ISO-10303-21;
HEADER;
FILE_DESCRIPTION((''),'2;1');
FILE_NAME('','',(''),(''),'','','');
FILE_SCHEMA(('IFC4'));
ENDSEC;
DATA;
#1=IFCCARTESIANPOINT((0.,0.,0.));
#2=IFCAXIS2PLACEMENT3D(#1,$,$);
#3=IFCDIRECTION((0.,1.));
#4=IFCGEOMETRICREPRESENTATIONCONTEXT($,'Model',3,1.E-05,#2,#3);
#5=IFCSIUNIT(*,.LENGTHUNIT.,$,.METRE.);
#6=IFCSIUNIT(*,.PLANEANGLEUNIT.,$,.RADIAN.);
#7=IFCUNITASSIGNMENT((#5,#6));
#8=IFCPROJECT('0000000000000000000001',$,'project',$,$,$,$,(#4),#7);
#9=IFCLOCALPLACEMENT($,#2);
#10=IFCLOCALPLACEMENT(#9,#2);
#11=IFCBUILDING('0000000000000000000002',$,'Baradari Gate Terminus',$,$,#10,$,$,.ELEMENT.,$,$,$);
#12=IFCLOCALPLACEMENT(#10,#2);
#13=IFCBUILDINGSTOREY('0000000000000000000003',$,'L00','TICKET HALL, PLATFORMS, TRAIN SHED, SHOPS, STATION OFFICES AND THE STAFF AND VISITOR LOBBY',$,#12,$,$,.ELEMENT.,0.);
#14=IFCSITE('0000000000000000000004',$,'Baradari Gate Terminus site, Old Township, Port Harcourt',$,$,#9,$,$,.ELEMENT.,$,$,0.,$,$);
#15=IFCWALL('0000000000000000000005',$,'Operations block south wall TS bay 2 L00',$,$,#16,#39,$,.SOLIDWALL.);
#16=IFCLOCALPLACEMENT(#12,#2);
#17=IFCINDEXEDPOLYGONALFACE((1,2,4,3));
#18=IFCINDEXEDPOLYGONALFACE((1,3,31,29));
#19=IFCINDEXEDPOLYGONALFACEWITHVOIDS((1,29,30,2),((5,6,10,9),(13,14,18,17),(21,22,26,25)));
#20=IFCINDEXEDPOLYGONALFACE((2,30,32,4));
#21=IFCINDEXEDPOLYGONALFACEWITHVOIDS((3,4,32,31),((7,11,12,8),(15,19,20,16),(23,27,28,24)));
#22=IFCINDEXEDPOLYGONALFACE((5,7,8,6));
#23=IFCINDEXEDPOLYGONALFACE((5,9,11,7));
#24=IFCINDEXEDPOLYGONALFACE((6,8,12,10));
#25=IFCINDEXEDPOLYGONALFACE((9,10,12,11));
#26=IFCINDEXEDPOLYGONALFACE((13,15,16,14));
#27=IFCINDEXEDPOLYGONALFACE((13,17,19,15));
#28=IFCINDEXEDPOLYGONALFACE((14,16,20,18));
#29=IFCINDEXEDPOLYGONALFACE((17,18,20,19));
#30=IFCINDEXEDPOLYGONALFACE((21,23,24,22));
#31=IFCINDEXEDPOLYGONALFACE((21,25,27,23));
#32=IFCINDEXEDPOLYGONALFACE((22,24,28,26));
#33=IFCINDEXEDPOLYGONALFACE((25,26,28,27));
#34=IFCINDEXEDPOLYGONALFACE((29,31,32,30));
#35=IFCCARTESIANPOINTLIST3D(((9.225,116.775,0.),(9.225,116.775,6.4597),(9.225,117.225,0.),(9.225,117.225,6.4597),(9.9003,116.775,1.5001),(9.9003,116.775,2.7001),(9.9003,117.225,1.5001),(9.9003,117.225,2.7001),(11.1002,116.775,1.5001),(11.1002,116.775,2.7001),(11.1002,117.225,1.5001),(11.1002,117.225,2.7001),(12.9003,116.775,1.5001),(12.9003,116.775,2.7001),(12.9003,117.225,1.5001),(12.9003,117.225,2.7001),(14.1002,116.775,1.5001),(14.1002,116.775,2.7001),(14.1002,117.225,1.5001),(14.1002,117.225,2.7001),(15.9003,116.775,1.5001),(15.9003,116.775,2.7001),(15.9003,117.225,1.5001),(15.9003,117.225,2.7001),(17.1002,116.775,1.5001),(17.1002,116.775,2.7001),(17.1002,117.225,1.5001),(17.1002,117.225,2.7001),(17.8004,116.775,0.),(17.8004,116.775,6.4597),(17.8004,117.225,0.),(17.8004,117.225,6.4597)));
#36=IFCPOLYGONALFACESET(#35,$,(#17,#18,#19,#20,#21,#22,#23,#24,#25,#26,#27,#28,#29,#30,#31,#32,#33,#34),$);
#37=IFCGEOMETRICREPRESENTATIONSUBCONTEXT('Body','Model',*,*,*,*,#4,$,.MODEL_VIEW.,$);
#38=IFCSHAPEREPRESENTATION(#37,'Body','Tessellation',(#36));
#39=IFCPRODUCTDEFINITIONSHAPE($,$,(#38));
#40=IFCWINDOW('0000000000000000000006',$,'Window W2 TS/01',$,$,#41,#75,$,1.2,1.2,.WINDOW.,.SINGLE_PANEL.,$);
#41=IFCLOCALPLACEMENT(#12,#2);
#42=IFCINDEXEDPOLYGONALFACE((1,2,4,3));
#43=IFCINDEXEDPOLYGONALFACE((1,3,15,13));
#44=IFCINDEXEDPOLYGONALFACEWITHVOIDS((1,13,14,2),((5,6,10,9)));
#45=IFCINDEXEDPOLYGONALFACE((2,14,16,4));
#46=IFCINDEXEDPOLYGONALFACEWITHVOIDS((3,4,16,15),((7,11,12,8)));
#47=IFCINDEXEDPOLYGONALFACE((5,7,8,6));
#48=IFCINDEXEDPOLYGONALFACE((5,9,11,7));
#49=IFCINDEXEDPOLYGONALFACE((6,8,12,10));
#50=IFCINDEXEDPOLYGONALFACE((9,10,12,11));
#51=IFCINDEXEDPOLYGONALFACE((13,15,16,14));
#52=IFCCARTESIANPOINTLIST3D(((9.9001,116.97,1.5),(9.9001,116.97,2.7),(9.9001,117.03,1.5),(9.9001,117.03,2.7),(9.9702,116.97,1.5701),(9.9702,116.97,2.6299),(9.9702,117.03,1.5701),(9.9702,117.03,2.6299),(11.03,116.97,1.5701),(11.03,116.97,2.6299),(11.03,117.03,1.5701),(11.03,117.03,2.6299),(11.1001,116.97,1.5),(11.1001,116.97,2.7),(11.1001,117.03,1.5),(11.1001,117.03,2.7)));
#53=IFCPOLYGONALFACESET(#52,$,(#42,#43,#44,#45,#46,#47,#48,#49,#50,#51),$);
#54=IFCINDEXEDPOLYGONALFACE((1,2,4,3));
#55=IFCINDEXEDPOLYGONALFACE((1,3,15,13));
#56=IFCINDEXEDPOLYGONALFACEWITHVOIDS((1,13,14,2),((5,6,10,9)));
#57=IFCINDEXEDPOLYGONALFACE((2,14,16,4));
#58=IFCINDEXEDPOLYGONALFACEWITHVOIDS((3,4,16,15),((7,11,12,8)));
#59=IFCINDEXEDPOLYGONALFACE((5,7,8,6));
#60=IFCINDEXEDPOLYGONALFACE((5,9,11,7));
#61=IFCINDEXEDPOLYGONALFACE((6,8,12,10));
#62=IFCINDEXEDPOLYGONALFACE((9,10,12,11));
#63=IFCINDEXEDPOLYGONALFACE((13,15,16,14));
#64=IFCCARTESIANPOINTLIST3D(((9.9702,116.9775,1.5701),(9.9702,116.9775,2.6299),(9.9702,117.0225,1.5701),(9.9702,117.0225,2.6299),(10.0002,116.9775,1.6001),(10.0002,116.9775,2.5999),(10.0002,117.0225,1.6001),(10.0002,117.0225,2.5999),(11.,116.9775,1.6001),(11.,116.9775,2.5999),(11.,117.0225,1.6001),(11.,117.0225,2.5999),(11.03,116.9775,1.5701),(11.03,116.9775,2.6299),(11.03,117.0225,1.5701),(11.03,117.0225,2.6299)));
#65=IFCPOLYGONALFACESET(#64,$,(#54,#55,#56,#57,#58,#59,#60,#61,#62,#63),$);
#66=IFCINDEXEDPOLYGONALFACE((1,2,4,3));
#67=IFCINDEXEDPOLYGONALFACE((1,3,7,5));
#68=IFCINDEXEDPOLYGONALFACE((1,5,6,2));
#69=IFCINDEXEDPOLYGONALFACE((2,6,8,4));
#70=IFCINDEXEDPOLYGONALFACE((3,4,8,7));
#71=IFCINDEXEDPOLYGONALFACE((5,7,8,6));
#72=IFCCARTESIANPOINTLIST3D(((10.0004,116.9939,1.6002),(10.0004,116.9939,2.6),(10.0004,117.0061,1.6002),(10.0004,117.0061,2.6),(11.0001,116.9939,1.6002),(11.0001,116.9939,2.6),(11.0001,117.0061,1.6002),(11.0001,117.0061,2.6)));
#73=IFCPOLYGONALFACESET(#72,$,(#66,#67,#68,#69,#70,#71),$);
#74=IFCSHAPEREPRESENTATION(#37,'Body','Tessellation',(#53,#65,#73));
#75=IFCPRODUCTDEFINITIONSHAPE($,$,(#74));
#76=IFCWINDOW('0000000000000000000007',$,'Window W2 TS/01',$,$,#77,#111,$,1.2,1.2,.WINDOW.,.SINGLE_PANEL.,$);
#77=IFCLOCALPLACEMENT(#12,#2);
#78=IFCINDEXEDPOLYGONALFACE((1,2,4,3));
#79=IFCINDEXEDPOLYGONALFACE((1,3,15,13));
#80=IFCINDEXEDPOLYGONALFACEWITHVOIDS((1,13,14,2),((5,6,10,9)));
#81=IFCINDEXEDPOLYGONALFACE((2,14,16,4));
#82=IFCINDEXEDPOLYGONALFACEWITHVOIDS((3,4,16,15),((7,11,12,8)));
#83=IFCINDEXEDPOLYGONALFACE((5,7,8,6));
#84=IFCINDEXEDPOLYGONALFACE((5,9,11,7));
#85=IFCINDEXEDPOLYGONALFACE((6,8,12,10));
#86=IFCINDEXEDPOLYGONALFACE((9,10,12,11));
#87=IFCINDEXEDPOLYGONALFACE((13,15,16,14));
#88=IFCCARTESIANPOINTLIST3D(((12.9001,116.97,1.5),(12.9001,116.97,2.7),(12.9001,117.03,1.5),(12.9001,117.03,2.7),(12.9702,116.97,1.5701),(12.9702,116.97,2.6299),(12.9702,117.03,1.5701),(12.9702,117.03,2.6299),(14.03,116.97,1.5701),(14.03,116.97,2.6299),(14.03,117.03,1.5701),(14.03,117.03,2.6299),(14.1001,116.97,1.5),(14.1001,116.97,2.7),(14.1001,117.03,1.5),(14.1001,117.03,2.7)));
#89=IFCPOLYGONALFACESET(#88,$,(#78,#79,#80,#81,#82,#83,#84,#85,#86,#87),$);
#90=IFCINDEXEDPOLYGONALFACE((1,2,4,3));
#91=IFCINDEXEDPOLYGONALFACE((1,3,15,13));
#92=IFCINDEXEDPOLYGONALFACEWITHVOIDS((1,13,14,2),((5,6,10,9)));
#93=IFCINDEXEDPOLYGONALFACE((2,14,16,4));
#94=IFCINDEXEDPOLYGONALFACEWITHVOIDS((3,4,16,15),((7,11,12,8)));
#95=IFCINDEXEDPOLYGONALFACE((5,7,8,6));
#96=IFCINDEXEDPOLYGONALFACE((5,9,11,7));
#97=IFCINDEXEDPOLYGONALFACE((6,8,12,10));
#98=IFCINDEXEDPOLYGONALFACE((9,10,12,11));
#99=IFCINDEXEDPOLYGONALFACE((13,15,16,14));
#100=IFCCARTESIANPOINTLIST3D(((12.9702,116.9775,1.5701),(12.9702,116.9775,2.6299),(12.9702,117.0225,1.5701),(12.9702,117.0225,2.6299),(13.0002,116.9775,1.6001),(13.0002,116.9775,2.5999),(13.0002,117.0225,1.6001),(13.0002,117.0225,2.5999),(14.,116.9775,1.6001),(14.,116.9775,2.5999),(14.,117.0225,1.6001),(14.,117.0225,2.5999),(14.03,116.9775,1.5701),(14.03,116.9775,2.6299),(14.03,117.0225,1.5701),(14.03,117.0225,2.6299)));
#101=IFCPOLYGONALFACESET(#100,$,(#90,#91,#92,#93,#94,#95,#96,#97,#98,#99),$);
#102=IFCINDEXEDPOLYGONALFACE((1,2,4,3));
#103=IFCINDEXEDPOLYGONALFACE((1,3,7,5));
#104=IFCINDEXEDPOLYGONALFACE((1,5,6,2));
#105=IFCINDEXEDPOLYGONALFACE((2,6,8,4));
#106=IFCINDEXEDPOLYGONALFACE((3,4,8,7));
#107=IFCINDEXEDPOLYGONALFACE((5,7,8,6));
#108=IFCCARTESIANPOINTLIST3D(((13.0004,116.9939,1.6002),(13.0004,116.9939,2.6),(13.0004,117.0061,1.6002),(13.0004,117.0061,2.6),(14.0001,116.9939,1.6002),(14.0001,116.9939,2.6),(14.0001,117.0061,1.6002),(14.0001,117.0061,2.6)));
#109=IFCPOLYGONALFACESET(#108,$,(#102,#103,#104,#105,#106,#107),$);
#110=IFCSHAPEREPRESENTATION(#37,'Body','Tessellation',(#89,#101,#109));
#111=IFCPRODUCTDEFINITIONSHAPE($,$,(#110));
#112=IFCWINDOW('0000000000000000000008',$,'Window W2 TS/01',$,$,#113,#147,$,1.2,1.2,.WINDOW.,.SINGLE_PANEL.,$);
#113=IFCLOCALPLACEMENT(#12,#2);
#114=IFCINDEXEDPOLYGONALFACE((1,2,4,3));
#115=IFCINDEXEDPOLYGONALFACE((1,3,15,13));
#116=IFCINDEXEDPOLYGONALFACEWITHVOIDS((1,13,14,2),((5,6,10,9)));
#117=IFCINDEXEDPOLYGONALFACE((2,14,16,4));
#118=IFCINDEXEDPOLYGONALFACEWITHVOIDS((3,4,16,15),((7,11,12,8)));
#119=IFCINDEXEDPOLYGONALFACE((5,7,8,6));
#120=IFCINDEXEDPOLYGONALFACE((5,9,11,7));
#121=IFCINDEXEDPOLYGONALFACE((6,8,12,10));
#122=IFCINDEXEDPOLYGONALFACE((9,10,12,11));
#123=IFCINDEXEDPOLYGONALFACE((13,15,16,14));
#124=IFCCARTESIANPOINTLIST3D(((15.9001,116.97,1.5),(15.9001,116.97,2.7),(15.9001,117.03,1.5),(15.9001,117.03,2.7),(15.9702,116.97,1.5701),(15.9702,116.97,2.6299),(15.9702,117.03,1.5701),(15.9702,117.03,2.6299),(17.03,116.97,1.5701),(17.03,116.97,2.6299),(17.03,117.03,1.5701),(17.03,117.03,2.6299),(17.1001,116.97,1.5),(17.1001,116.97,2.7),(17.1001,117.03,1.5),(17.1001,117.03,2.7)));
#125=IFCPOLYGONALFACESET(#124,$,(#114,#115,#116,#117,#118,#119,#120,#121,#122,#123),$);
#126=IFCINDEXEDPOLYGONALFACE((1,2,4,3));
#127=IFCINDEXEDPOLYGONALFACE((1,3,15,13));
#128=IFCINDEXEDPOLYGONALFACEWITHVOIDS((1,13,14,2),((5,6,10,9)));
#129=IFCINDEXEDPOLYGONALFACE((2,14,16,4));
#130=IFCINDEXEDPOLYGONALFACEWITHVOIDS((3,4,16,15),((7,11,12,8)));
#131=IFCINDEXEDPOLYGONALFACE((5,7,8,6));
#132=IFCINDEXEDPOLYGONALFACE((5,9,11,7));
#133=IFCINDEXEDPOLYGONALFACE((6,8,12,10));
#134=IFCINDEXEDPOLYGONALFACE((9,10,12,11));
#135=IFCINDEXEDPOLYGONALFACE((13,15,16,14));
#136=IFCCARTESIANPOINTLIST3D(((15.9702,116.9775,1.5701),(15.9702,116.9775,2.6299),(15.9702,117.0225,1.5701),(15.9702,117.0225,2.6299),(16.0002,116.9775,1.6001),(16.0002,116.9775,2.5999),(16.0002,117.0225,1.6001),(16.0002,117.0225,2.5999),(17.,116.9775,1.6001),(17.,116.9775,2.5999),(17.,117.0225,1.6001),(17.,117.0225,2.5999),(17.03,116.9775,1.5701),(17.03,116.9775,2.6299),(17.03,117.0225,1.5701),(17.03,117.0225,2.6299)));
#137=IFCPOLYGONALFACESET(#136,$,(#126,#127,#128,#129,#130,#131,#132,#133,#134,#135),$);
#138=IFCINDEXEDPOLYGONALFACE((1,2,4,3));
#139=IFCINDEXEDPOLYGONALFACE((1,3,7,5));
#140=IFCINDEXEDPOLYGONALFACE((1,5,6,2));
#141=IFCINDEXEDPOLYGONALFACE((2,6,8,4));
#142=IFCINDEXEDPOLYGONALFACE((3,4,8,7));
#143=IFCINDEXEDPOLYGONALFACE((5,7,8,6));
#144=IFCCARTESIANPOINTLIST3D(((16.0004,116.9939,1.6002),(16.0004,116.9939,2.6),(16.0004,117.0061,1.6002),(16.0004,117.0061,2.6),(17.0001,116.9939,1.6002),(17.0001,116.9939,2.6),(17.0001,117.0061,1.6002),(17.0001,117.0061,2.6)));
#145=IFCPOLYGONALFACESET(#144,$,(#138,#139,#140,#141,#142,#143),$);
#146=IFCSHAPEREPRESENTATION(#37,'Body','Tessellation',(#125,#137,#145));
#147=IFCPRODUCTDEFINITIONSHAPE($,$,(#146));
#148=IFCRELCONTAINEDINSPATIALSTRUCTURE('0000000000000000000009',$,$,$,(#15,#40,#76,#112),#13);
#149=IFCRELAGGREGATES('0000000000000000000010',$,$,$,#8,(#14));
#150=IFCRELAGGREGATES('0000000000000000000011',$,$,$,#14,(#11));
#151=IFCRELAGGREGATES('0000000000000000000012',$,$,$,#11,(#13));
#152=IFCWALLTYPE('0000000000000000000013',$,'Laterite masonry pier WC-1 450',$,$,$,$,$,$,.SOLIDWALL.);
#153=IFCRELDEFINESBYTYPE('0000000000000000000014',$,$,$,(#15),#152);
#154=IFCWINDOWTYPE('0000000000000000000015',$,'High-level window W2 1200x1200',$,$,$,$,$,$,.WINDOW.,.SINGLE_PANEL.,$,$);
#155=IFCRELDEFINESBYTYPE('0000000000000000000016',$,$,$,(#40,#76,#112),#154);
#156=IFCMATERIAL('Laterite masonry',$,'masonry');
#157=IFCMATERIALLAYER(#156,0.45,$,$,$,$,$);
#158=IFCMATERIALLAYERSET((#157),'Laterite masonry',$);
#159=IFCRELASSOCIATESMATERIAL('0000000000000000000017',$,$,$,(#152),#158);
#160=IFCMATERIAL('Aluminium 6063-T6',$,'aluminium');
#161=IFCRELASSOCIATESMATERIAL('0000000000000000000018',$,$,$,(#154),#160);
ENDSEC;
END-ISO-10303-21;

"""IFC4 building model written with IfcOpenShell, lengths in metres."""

from ifc_helpers import new_model, si_unit, direction, frame, frame_2d, origin, place, context, subcontext, project, spatial, polyline, rectangle, outline, extrude, material, layer, layer_set, type_object, element, fill, save


model = new_model("IFC4")

# Units and contexts
model_context = context("Model", 3, precision=1e-05, world=origin(), true_north=direction((0.0, 1.0)))
body_context = subcontext(model_context, "Body", "Model", "MODEL_VIEW")
ifc_project = project(units=[si_unit("LENGTHUNIT", "METRE"), si_unit("PLANEANGLEUNIT", "RADIAN")], contexts=[model_context])

# Site, building, storey
site_placement = place(None, origin())
site = spatial("IfcSite", under=ifc_project, at=site_placement, Name="Baradari Gate Terminus site, Old Township, Port Harcourt", CompositionType="ELEMENT", RefElevation=0.0)
building_placement = place(site_placement, origin())
building = spatial("IfcBuilding", under=site, at=building_placement, Name="Baradari Gate Terminus", CompositionType="ELEMENT")
storey_placement = place(building_placement, origin())
storey = spatial("IfcBuildingStorey", under=building, at=storey_placement, Name="L00", Description="TICKET HALL, PLATFORMS, TRAIN SHED, SHOPS, STATION OFFICES AND THE STAFF AND VISITOR LOBBY", CompositionType="ELEMENT", Elevation=0.0)

# Wall, openings, windows
ifc_material_1 = material(Name="Laterite masonry", Category="masonry")
ifc_layer_1 = layer(ifc_material_1, 0.45)
ifc_layer_set_1 = layer_set([ifc_layer_1], Name="Laterite masonry")
wall_type_1 = type_object("IfcWallType", Name="Laterite masonry pier WC-1 450", PredefinedType="SOLIDWALL", material=ifc_layer_set_1)
wall_1_placement = place(storey_placement, frame((9.2251, 117.0, 0.0), z_axis=(0.0, 0.0, 1.0), x_axis=(1.0, 0.0, 0.0)))
wall_1 = element("IfcWall", 1, at=wall_1_placement, inside=storey, type_object=wall_type_1, Name="Operations block south wall TS bay 2 L00", PredefinedType="SOLIDWALL", context=body_context, shape_type="SweptSolid", body=[
    extrude(rectangle(XDim=8.5754, YDim=0.45, at=frame_2d((4.2876, 0.0))), origin(), (0.0, 0.0, 1.0), 6.4597),
])
opening_1_placement = place(wall_1_placement, frame((0.675, 0.0, 1.5)))
opening_1 = element("IfcOpeningElement", 2, at=opening_1_placement, cuts=wall_1, PredefinedType="OPENING", context=body_context, shape_type="SweptSolid", body=[
    extrude(rectangle(XDim=1.2, YDim=1.2, at=frame_2d((0.6001, 0.6001))), frame((0.0, 0.2349, 0.0), z_axis=(0.0, -1.0, 0.0), x_axis=(1.0, 0.0, 0.0)), (0.0, 0.0, 1.0), 0.47),
])
opening_2_placement = place(wall_1_placement, frame((3.675, 0.0, 1.5)))
opening_2 = element("IfcOpeningElement", 3, at=opening_2_placement, cuts=wall_1, PredefinedType="OPENING", context=body_context, shape_type="SweptSolid", body=[
    extrude(rectangle(XDim=1.2, YDim=1.2, at=frame_2d((0.6001, 0.6001))), frame((0.0, 0.2349, 0.0), z_axis=(0.0, -1.0, 0.0), x_axis=(1.0, 0.0, 0.0)), (0.0, 0.0, 1.0), 0.47),
])
opening_3_placement = place(wall_1_placement, frame((6.675, 0.0, 1.5)))
opening_3 = element("IfcOpeningElement", 4, at=opening_3_placement, cuts=wall_1, PredefinedType="OPENING", context=body_context, shape_type="SweptSolid", body=[
    extrude(rectangle(XDim=1.2, YDim=1.2, at=frame_2d((0.6001, 0.6001))), frame((0.0, 0.2349, 0.0), z_axis=(0.0, -1.0, 0.0), x_axis=(1.0, 0.0, 0.0)), (0.0, 0.0, 1.0), 0.47),
])
ifc_material_2 = material(Name="Aluminium 6063-T6", Category="aluminium")
window_type = type_object("IfcWindowType", Name="High-level window W2 1200x1200", PartitioningType="SINGLE_PANEL", PredefinedType="WINDOW", material=ifc_material_2)
window_1_placement = place(opening_1_placement, origin())
window_1 = element("IfcWindow", 5, at=window_1_placement, inside=storey, type_object=window_type, Name="Window W2 TS/01", OverallHeight=1.2, OverallWidth=1.2, PartitioningType="SINGLE_PANEL", PredefinedType="WINDOW", context=body_context, shape_type="SweptSolid", body=[
    extrude(outline(polyline([(0.0, 0.0), (1.2, 0.0), (1.2, 1.2), (0.0, 1.2), (0.0, 0.0)]), holes=[polyline([(0.0701, 0.0701), (1.1299, 0.0701), (1.1299, 1.1299), (0.0701, 1.1299), (0.0701, 0.0701)])]), frame((0.0, 0.03, 0.0), z_axis=(0.0, -1.0, 0.0), x_axis=(1.0, 0.0, 0.0)), (0.0, 0.0, 1.0), 0.0601),
    extrude(outline(polyline([(0.0701, 0.0701), (1.1299, 0.0701), (1.1299, 1.1299), (0.0701, 1.1299), (0.0701, 0.0701)]), holes=[polyline([(0.1001, 0.1001), (1.0999, 0.1001), (1.0999, 1.0999), (0.1001, 1.0999), (0.1001, 0.1001)])]), frame((0.0, 0.0225, 0.0), z_axis=(0.0, -1.0, 0.0), x_axis=(1.0, 0.0, 0.0)), (0.0, 0.0, 1.0), 0.0449),
    extrude(rectangle(XDim=0.9998, YDim=0.9998, at=frame_2d((0.6001, 0.6001))), frame((0.0, 0.0061, 0.0), z_axis=(0.0, -1.0, 0.0), x_axis=(1.0, 0.0, 0.0)), (0.0, 0.0, 1.0), 0.0122),
])
fill(opening_1, window_1)
window_2_placement = place(opening_2_placement, origin())
window_2 = element("IfcWindow", 6, at=window_2_placement, inside=storey, type_object=window_type, Name="Window W2 TS/01", OverallHeight=1.2, OverallWidth=1.2, PartitioningType="SINGLE_PANEL", PredefinedType="WINDOW", context=body_context, shape_type="SweptSolid", body=[
    extrude(outline(polyline([(0.0, 0.0), (1.2, 0.0), (1.2, 1.2), (0.0, 1.2), (0.0, 0.0)]), holes=[polyline([(0.0701, 0.0701), (1.1299, 0.0701), (1.1299, 1.1299), (0.0701, 1.1299), (0.0701, 0.0701)])]), frame((0.0, 0.03, 0.0), z_axis=(0.0, -1.0, 0.0), x_axis=(1.0, 0.0, 0.0)), (0.0, 0.0, 1.0), 0.0601),
    extrude(outline(polyline([(0.0701, 0.0701), (1.1299, 0.0701), (1.1299, 1.1299), (0.0701, 1.1299), (0.0701, 0.0701)]), holes=[polyline([(0.1001, 0.1001), (1.0999, 0.1001), (1.0999, 1.0999), (0.1001, 1.0999), (0.1001, 0.1001)])]), frame((0.0, 0.0225, 0.0), z_axis=(0.0, -1.0, 0.0), x_axis=(1.0, 0.0, 0.0)), (0.0, 0.0, 1.0), 0.0449),
    extrude(rectangle(XDim=0.9998, YDim=0.9998, at=frame_2d((0.6001, 0.6001))), frame((0.0, 0.0061, 0.0), z_axis=(0.0, -1.0, 0.0), x_axis=(1.0, 0.0, 0.0)), (0.0, 0.0, 1.0), 0.0122),
])
fill(opening_2, window_2)
window_3_placement = place(opening_3_placement, origin())
window_3 = element("IfcWindow", 7, at=window_3_placement, inside=storey, type_object=window_type, Name="Window W2 TS/01", OverallHeight=1.2, OverallWidth=1.2, PartitioningType="SINGLE_PANEL", PredefinedType="WINDOW", context=body_context, shape_type="SweptSolid", body=[
    extrude(outline(polyline([(0.0, 0.0), (1.2, 0.0), (1.2, 1.2), (0.0, 1.2), (0.0, 0.0)]), holes=[polyline([(0.0701, 0.0701), (1.1299, 0.0701), (1.1299, 1.1299), (0.0701, 1.1299), (0.0701, 0.0701)])]), frame((0.0, 0.03, 0.0), z_axis=(0.0, -1.0, 0.0), x_axis=(1.0, 0.0, 0.0)), (0.0, 0.0, 1.0), 0.0601),
    extrude(outline(polyline([(0.0701, 0.0701), (1.1299, 0.0701), (1.1299, 1.1299), (0.0701, 1.1299), (0.0701, 0.0701)]), holes=[polyline([(0.1001, 0.1001), (1.0999, 0.1001), (1.0999, 1.0999), (0.1001, 1.0999), (0.1001, 0.1001)])]), frame((0.0, 0.0225, 0.0), z_axis=(0.0, -1.0, 0.0), x_axis=(1.0, 0.0, 0.0)), (0.0, 0.0, 1.0), 0.0449),
    extrude(rectangle(XDim=0.9998, YDim=0.9998, at=frame_2d((0.6001, 0.6001))), frame((0.0, 0.0061, 0.0), z_axis=(0.0, -1.0, 0.0), x_axis=(1.0, 0.0, 0.0)), (0.0, 0.0, 1.0), 0.0122),
])
fill(opening_3, window_3)

save(model, "model.ifc")
